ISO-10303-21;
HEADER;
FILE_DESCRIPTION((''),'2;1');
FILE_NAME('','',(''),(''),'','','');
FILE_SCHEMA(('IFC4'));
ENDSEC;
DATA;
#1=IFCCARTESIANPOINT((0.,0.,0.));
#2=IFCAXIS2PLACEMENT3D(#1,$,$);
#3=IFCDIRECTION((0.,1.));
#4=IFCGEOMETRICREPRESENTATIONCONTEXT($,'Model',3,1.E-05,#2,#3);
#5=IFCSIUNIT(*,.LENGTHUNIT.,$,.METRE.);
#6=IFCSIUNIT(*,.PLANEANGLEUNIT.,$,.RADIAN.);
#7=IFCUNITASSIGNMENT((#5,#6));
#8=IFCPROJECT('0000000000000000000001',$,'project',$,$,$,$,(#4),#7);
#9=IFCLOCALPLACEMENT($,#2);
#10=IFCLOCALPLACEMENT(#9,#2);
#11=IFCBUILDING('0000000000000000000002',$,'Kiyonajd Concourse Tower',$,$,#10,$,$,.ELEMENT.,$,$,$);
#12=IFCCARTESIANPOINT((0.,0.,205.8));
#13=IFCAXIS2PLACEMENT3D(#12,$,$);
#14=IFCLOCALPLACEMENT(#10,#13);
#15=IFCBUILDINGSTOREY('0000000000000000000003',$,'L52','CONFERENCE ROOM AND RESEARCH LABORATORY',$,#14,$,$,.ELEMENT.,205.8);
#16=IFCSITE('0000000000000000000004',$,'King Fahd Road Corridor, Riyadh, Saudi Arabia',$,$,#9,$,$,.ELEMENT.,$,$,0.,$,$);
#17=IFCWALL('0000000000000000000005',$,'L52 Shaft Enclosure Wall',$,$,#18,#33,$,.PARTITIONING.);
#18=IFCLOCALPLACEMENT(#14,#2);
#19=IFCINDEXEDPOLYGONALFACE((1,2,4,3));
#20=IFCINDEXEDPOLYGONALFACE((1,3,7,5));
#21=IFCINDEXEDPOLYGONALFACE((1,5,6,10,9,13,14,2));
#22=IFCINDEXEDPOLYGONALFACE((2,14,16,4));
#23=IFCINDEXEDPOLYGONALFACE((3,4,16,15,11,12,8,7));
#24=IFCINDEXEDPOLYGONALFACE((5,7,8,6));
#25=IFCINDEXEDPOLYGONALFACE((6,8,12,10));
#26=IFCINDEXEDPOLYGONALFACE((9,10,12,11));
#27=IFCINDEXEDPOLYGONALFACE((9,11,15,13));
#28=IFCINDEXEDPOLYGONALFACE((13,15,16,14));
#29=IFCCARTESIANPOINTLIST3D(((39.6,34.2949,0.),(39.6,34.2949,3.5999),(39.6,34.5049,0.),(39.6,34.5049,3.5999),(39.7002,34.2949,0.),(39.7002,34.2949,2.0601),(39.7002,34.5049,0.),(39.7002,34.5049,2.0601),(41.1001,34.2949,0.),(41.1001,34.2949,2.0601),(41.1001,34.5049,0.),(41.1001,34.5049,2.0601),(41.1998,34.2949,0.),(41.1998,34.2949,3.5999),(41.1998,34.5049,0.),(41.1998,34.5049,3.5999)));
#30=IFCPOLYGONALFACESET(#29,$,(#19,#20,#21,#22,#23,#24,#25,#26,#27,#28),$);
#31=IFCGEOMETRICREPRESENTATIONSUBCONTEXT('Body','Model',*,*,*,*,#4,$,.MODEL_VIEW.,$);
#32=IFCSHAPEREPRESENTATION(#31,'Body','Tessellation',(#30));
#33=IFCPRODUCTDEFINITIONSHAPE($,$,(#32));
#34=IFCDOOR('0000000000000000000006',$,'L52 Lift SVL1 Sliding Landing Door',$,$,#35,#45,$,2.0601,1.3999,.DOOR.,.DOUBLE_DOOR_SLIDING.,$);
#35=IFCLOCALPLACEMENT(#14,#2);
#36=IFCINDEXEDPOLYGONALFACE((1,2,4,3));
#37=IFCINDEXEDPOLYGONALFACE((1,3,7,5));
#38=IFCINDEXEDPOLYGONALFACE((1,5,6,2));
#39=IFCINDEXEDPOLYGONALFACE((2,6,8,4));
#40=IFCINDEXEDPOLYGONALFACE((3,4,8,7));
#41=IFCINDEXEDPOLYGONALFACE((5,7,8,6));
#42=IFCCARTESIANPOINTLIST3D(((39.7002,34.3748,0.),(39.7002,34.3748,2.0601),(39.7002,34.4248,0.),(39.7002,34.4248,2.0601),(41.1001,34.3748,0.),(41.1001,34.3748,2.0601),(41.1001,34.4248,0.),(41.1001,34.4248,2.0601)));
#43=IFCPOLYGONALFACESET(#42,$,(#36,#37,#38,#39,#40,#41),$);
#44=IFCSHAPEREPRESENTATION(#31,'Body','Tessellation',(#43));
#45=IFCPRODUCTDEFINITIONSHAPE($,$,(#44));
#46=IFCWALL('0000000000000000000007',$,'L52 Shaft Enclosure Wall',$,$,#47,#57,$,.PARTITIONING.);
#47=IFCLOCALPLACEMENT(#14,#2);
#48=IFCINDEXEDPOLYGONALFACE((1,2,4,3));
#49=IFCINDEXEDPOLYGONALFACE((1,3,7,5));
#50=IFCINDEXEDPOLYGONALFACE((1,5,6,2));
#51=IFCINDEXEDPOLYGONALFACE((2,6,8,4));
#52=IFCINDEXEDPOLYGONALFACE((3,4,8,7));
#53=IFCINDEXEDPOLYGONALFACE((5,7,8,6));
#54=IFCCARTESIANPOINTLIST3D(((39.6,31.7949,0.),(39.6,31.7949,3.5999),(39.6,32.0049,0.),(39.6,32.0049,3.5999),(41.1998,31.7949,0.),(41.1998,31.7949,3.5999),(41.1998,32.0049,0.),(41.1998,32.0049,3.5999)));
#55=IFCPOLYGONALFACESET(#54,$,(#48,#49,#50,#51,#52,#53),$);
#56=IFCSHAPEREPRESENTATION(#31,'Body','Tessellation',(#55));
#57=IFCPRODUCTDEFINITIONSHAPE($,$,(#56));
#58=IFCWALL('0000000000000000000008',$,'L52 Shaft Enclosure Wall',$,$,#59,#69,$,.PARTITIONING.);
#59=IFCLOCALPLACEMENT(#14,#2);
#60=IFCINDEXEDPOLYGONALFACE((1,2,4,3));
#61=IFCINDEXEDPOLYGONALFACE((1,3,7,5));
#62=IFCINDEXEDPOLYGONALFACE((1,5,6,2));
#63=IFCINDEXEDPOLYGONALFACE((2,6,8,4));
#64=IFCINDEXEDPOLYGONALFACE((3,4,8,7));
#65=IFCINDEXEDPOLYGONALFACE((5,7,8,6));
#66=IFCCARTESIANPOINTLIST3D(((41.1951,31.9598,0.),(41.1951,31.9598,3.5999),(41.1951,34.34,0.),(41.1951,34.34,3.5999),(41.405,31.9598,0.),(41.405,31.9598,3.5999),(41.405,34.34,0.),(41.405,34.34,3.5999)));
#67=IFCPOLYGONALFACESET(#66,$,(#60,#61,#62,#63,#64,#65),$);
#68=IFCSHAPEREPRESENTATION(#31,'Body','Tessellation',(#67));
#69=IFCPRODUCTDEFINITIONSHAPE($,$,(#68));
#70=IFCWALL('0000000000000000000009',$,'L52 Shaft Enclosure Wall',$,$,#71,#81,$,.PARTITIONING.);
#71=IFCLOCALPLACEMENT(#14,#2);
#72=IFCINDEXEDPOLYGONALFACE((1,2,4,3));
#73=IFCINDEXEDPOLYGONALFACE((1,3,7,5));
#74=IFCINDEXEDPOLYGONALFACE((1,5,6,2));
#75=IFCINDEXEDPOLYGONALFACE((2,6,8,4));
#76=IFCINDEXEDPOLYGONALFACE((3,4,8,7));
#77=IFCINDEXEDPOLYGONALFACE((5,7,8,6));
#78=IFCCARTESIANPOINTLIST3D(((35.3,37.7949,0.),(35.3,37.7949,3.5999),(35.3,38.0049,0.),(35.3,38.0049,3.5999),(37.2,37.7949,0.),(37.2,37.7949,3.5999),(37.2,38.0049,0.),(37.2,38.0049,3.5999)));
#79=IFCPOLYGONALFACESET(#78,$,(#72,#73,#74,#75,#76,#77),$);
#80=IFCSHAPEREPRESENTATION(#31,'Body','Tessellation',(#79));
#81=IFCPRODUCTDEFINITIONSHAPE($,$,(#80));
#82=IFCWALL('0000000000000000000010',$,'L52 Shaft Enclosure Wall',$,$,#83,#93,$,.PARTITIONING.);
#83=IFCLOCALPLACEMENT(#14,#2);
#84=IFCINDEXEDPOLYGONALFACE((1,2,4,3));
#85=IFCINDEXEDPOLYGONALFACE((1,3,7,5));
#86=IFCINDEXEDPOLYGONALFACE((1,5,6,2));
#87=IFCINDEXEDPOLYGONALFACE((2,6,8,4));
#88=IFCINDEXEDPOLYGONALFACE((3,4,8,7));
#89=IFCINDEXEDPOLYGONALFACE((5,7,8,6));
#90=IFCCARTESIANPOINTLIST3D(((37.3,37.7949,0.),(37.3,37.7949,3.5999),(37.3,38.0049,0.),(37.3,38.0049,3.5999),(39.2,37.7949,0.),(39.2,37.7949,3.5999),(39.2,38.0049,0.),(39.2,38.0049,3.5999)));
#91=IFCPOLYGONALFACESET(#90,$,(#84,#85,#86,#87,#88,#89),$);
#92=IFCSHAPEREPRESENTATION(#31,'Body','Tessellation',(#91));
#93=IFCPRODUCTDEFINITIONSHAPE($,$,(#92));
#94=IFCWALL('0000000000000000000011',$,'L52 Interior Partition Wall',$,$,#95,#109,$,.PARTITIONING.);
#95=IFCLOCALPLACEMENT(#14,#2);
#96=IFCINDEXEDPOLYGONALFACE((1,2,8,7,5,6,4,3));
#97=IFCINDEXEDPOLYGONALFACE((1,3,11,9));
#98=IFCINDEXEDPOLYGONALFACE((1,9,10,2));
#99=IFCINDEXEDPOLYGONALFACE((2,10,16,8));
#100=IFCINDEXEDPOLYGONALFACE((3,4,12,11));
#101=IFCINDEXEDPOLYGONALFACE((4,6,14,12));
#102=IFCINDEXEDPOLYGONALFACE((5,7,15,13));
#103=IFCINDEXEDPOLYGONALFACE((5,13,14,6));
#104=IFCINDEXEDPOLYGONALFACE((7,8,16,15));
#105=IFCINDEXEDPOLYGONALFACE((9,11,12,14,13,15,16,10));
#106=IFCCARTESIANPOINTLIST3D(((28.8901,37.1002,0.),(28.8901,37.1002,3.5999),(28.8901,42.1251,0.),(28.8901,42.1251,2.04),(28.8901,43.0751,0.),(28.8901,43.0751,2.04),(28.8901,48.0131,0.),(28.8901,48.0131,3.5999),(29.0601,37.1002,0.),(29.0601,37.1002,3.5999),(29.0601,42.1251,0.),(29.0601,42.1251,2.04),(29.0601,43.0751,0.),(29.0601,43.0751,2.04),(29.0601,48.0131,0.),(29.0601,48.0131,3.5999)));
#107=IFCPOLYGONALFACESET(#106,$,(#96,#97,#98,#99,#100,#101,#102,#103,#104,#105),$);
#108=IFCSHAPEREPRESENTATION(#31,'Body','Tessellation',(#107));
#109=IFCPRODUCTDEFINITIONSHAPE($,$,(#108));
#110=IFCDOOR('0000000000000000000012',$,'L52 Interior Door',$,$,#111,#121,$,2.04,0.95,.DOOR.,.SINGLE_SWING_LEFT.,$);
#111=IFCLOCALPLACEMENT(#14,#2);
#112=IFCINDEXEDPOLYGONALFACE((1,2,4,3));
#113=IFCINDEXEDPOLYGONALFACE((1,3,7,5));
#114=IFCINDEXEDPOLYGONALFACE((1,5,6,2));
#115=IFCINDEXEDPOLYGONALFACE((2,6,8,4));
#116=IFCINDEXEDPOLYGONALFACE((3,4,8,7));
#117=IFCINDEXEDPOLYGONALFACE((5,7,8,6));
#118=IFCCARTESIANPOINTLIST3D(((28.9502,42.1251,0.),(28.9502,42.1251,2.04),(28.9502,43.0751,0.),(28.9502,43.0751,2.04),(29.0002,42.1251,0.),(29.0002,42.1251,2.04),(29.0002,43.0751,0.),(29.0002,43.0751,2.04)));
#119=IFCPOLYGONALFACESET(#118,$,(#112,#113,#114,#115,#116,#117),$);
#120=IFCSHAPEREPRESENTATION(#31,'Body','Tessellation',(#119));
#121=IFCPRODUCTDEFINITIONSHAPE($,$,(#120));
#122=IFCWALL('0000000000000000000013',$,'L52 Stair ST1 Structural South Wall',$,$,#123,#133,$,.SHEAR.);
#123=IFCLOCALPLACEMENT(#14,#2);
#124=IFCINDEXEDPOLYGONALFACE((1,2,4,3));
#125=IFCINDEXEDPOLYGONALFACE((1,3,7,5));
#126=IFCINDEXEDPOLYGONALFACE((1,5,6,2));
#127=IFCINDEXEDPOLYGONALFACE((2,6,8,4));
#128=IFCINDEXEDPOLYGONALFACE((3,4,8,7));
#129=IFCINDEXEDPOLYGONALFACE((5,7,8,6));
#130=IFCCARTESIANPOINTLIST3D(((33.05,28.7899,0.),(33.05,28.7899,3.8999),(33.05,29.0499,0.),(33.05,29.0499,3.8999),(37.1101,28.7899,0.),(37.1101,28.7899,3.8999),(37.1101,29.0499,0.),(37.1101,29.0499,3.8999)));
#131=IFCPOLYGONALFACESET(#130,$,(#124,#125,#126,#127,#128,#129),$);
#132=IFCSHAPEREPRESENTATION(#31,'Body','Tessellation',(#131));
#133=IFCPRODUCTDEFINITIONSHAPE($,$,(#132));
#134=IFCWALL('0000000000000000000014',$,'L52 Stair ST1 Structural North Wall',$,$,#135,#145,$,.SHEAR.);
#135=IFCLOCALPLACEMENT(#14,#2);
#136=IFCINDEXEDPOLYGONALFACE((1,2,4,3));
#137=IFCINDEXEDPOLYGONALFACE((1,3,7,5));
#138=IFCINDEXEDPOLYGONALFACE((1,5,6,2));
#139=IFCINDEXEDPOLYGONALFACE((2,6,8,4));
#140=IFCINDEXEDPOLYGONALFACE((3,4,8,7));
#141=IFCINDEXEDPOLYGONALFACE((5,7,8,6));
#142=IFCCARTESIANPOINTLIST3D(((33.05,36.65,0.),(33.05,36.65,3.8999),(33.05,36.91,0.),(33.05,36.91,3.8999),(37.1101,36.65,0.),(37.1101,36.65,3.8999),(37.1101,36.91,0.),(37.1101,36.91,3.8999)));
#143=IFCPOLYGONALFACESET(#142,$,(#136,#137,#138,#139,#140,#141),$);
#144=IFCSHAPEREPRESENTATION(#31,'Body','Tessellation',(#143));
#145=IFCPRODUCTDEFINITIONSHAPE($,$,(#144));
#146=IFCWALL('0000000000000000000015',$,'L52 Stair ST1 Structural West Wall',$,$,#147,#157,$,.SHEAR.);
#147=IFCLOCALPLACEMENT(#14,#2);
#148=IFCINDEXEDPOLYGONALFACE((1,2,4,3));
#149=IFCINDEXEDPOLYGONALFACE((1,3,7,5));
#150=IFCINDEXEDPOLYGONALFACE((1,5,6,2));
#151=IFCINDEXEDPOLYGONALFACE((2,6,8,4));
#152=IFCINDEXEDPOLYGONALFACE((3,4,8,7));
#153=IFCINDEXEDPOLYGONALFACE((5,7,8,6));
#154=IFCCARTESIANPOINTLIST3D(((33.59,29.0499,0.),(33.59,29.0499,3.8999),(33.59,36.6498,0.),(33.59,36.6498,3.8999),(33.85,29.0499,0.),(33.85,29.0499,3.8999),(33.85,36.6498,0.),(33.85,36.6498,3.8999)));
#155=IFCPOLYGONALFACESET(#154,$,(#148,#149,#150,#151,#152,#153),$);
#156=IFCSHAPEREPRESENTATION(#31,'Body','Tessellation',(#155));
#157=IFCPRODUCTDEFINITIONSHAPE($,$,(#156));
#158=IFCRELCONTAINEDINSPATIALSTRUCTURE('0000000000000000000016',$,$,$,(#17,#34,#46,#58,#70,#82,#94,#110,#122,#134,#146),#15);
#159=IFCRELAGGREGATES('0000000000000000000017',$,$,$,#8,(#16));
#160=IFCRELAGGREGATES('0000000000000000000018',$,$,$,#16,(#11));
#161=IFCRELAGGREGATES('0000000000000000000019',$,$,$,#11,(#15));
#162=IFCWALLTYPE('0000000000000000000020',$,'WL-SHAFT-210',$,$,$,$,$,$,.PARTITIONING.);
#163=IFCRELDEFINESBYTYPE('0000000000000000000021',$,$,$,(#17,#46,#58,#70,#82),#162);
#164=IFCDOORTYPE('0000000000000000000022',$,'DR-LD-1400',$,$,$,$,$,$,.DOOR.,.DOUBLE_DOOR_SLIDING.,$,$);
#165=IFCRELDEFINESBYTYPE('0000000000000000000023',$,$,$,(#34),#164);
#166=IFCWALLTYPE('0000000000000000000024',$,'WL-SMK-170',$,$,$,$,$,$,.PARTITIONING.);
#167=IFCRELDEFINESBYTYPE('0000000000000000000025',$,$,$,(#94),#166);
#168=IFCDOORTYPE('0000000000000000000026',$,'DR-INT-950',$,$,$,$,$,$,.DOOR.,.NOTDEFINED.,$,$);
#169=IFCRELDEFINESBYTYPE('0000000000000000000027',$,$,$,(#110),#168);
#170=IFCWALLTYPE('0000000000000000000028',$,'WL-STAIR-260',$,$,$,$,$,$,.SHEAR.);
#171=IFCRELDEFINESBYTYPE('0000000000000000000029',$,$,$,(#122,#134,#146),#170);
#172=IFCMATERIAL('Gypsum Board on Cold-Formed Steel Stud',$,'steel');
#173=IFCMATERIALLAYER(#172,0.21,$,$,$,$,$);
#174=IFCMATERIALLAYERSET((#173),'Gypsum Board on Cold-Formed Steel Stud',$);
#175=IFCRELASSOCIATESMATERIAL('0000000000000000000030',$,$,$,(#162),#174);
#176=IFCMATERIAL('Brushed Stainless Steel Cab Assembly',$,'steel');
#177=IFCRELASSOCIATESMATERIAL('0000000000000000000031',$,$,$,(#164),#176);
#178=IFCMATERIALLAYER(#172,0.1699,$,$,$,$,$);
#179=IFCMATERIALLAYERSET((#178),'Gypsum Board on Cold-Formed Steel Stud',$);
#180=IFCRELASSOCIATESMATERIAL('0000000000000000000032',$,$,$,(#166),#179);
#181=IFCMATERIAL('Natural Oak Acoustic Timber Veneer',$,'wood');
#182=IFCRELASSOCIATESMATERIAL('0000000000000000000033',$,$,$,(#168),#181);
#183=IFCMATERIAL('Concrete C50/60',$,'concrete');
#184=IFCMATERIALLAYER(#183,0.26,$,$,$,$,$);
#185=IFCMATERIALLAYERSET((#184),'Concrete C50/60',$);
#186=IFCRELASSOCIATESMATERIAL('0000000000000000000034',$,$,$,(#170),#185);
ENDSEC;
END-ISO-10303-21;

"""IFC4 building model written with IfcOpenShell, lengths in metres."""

from ifc_helpers import new_model, si_unit, direction, frame, frame_2d, origin, place, context, subcontext, project, spatial, rectangle, extrude, material, layer, layer_set, type_object, element, fill, save


model = new_model("IFC4")

# Units and contexts
model_context = context("Model", 3, precision=1e-05, world=origin(), true_north=direction((0.0, 1.0)))
body_context = subcontext(model_context, "Body", "Model", "MODEL_VIEW")
ifc_project = project(units=[si_unit("LENGTHUNIT", "METRE"), si_unit("PLANEANGLEUNIT", "RADIAN")], contexts=[model_context])

# Site, building, storey
site_placement = place(None, origin())
site = spatial("IfcSite", under=ifc_project, at=site_placement, Name="King Fahd Road Corridor, Riyadh, Saudi Arabia", CompositionType="ELEMENT", RefElevation=0.0)
building_placement = place(site_placement, origin())
building = spatial("IfcBuilding", under=site, at=building_placement, Name="Kiyonajd Concourse Tower", CompositionType="ELEMENT")
storey_placement = place(building_placement, frame((0.0, 0.0, 205.8)))
storey = spatial("IfcBuildingStorey", under=building, at=storey_placement, Name="L52", Description="CONFERENCE ROOM AND RESEARCH LABORATORY", CompositionType="ELEMENT", Elevation=205.8)

# Shared definitions
ifc_material_1 = material(Name="Concrete C50/60", Category="concrete")

# Shared definitions
ifc_material_2 = material(Name="Brushed Stainless Steel Cab Assembly", Category="steel")
ifc_material_3 = material(Name="Gypsum Board on Cold-Formed Steel Stud", Category="steel")
ifc_layer_1 = layer(ifc_material_3, 0.21)
ifc_layer_set_1 = layer_set([ifc_layer_1], Name="Gypsum Board on Cold-Formed Steel Stud")
wall_type_1 = type_object("IfcWallType", Name="WL-SHAFT-210", PredefinedType="PARTITIONING", material=ifc_layer_set_1)

# Wall, opening, door
wall_1_placement = place(storey_placement, frame((39.6001, 34.3999, 0.0), z_axis=(0.0, 0.0, 1.0), x_axis=(1.0, 0.0, 0.0)))
wall_1 = element("IfcWall", 1, at=wall_1_placement, inside=storey, type_object=wall_type_1, Name="L52 Shaft Enclosure Wall", PredefinedType="PARTITIONING", context=body_context, shape_type="SweptSolid", body=[
    extrude(rectangle(XDim=1.5999, YDim=0.21, at=frame_2d((0.7998, 0.0))), origin(), (0.0, 0.0, 1.0), 3.5999),
])
opening_1_placement = place(wall_1_placement, frame((0.1001, 0.0, 0.0)))
opening_1 = element("IfcOpeningElement", 2, at=opening_1_placement, cuts=wall_1, PredefinedType="OPENING", context=body_context, shape_type="SweptSolid", body=[
    extrude(rectangle(XDim=1.3999, YDim=2.0601, at=frame_2d((0.7, 1.03))), frame((0.0, 0.115, 0.0), z_axis=(0.0, -1.0, 0.0), x_axis=(1.0, 0.0, 0.0)), (0.0, 0.0, 1.0), 0.23),
])
door_type_1 = type_object("IfcDoorType", Name="DR-LD-1400", OperationType="DOUBLE_DOOR_SLIDING", PredefinedType="DOOR", material=ifc_material_2)
door_1_placement = place(opening_1_placement, origin())
door_1 = element("IfcDoor", 3, at=door_1_placement, inside=storey, type_object=door_type_1, Name="L52 Lift SVL1 Sliding Landing Door", OperationType="DOUBLE_DOOR_SLIDING", OverallHeight=2.0601, OverallWidth=1.3999, PredefinedType="DOOR", context=body_context, shape_type="SweptSolid", body=[
    extrude(rectangle(XDim=1.3999, YDim=2.0601, at=frame_2d((0.7, 1.03))), frame((0.0, 0.0249, 0.0), z_axis=(0.0, -1.0, 0.0), x_axis=(1.0, 0.0, 0.0)), (0.0, 0.0, 1.0), 0.05),
])
fill(opening_1, door_1)

# Walls
wall_2_placement = place(storey_placement, frame((39.6001, 31.8999, 0.0), z_axis=(0.0, 0.0, 1.0), x_axis=(1.0, 0.0, 0.0)))
element("IfcWall", 4, at=wall_2_placement, inside=storey, type_object=wall_type_1, Name="L52 Shaft Enclosure Wall", PredefinedType="PARTITIONING", context=body_context, shape_type="SweptSolid", body=[
    extrude(rectangle(XDim=1.5999, YDim=0.21, at=frame_2d((0.7998, 0.0))), origin(), (0.0, 0.0, 1.0), 3.5999),
])
wall_3_placement = place(storey_placement, frame((41.3, 31.96, 0.0), z_axis=(0.0, 0.0, 1.0), x_axis=(0.0, 1.0, 0.0)))
element("IfcWall", 5, at=wall_3_placement, inside=storey, type_object=wall_type_1, Name="L52 Shaft Enclosure Wall", PredefinedType="PARTITIONING", context=body_context, shape_type="SweptSolid", body=[
    extrude(rectangle(XDim=2.3801, YDim=0.21, at=frame_2d((1.1899, 0.0))), origin(), (0.0, 0.0, 1.0), 3.5999),
])
for number, where, z_axis, x_axis, name in (
    (6, (35.3, 37.8999, 0.0), (0.0, 0.0, 1.0), (1.0, 0.0, 0.0), "L52 Shaft Enclosure Wall"),
    (7, (37.3, 37.8999, 0.0), (0.0, 0.0, 1.0), (1.0, 0.0, 0.0), "L52 Shaft Enclosure Wall"),
):
    element("IfcWall", number, at=place(storey_placement, frame(where, z_axis=z_axis, x_axis=x_axis)), inside=storey, type_object=wall_type_1, Name=name, PredefinedType="PARTITIONING", context=body_context, shape_type="SweptSolid", body=[
        extrude(rectangle(XDim=1.8999, YDim=0.21, at=frame_2d((0.95, 0.0))), origin(), (0.0, 0.0, 1.0), 3.5999),
    ])

# Wall, opening, door
ifc_layer_2 = layer(ifc_material_3, 0.1699)
ifc_layer_set_2 = layer_set([ifc_layer_2], Name="Gypsum Board on Cold-Formed Steel Stud")
wall_type_2 = type_object("IfcWallType", Name="WL-SMK-170", PredefinedType="PARTITIONING", material=ifc_layer_set_2)
wall_4_placement = place(storey_placement, frame((28.9751, 37.1001, 0.0), z_axis=(0.0, 0.0, 1.0), x_axis=(0.0, 1.0, 0.0)))
wall_4 = element("IfcWall", 8, at=wall_4_placement, inside=storey, type_object=wall_type_2, Name="L52 Interior Partition Wall", PredefinedType="PARTITIONING", context=body_context, shape_type="SweptSolid", body=[
    extrude(rectangle(XDim=10.9128, YDim=0.1699, at=frame_2d((5.4565, 0.0))), origin(), (0.0, 0.0, 1.0), 3.5999),
])
opening_2_placement = place(wall_4_placement, frame((5.0249, 0.0, 0.0)))
opening_2 = element("IfcOpeningElement", 9, at=opening_2_placement, cuts=wall_4, PredefinedType="OPENING", context=body_context, shape_type="SweptSolid", body=[
    extrude(rectangle(XDim=0.95, YDim=2.04, at=frame_2d((0.4751, 1.02))), frame((0.0, 0.095, 0.0), z_axis=(0.0, -1.0, 0.0), x_axis=(1.0, 0.0, 0.0)), (0.0, 0.0, 1.0), 0.1899),
])
ifc_material_4 = material(Name="Natural Oak Acoustic Timber Veneer", Category="wood")
door_type_2 = type_object("IfcDoorType", Name="DR-INT-950", OperationType="NOTDEFINED", PredefinedType="DOOR", material=ifc_material_4)
door_2_placement = place(opening_2_placement, origin())
door_2 = element("IfcDoor", 10, at=door_2_placement, inside=storey, type_object=door_type_2, Name="L52 Interior Door", OperationType="SINGLE_SWING_LEFT", OverallHeight=2.04, OverallWidth=0.95, PredefinedType="DOOR", context=body_context, shape_type="SweptSolid", body=[
    extrude(rectangle(XDim=0.95, YDim=2.04, at=frame_2d((0.4751, 1.02))), frame((0.0, 0.0249, 0.0), z_axis=(0.0, -1.0, 0.0), x_axis=(1.0, 0.0, 0.0)), (0.0, 0.0, 1.0), 0.05),
])
fill(opening_2, door_2)

# Walls
ifc_layer_3 = layer(ifc_material_1, 0.26)
ifc_layer_set_3 = layer_set([ifc_layer_3], Name="Concrete C50/60")
wall_type_3 = type_object("IfcWallType", Name="WL-STAIR-260", PredefinedType="SHEAR", material=ifc_layer_set_3)
for number, where, z_axis, x_axis, name in (
    (11, (33.05, 28.9199, 0.0), (0.0, 0.0, 1.0), (1.0, 0.0, 0.0), "L52 Stair ST1 Structural South Wall"),
    (12, (33.05, 36.78, 0.0), (0.0, 0.0, 1.0), (1.0, 0.0, 0.0), "L52 Stair ST1 Structural North Wall"),
):
    element("IfcWall", number, at=place(storey_placement, frame(where, z_axis=z_axis, x_axis=x_axis)), inside=storey, type_object=wall_type_3, Name=name, PredefinedType="SHEAR", context=body_context, shape_type="SweptSolid", body=[
        extrude(rectangle(XDim=4.0601, YDim=0.26, at=frame_2d((2.03, 0.0))), origin(), (0.0, 0.0, 1.0), 3.8999),
    ])
wall_5_placement = place(storey_placement, frame((33.72, 29.05, 0.0), z_axis=(0.0, 0.0, 1.0), x_axis=(0.0, 1.0, 0.0)))
element("IfcWall", 13, at=wall_5_placement, inside=storey, type_object=wall_type_3, Name="L52 Stair ST1 Structural West Wall", PredefinedType="SHEAR", context=body_context, shape_type="SweptSolid", body=[
    extrude(rectangle(XDim=7.5999, YDim=0.26, at=frame_2d((3.7998, 0.0))), origin(), (0.0, 0.0, 1.0), 3.8999),
])

save(model, "model.ifc")
